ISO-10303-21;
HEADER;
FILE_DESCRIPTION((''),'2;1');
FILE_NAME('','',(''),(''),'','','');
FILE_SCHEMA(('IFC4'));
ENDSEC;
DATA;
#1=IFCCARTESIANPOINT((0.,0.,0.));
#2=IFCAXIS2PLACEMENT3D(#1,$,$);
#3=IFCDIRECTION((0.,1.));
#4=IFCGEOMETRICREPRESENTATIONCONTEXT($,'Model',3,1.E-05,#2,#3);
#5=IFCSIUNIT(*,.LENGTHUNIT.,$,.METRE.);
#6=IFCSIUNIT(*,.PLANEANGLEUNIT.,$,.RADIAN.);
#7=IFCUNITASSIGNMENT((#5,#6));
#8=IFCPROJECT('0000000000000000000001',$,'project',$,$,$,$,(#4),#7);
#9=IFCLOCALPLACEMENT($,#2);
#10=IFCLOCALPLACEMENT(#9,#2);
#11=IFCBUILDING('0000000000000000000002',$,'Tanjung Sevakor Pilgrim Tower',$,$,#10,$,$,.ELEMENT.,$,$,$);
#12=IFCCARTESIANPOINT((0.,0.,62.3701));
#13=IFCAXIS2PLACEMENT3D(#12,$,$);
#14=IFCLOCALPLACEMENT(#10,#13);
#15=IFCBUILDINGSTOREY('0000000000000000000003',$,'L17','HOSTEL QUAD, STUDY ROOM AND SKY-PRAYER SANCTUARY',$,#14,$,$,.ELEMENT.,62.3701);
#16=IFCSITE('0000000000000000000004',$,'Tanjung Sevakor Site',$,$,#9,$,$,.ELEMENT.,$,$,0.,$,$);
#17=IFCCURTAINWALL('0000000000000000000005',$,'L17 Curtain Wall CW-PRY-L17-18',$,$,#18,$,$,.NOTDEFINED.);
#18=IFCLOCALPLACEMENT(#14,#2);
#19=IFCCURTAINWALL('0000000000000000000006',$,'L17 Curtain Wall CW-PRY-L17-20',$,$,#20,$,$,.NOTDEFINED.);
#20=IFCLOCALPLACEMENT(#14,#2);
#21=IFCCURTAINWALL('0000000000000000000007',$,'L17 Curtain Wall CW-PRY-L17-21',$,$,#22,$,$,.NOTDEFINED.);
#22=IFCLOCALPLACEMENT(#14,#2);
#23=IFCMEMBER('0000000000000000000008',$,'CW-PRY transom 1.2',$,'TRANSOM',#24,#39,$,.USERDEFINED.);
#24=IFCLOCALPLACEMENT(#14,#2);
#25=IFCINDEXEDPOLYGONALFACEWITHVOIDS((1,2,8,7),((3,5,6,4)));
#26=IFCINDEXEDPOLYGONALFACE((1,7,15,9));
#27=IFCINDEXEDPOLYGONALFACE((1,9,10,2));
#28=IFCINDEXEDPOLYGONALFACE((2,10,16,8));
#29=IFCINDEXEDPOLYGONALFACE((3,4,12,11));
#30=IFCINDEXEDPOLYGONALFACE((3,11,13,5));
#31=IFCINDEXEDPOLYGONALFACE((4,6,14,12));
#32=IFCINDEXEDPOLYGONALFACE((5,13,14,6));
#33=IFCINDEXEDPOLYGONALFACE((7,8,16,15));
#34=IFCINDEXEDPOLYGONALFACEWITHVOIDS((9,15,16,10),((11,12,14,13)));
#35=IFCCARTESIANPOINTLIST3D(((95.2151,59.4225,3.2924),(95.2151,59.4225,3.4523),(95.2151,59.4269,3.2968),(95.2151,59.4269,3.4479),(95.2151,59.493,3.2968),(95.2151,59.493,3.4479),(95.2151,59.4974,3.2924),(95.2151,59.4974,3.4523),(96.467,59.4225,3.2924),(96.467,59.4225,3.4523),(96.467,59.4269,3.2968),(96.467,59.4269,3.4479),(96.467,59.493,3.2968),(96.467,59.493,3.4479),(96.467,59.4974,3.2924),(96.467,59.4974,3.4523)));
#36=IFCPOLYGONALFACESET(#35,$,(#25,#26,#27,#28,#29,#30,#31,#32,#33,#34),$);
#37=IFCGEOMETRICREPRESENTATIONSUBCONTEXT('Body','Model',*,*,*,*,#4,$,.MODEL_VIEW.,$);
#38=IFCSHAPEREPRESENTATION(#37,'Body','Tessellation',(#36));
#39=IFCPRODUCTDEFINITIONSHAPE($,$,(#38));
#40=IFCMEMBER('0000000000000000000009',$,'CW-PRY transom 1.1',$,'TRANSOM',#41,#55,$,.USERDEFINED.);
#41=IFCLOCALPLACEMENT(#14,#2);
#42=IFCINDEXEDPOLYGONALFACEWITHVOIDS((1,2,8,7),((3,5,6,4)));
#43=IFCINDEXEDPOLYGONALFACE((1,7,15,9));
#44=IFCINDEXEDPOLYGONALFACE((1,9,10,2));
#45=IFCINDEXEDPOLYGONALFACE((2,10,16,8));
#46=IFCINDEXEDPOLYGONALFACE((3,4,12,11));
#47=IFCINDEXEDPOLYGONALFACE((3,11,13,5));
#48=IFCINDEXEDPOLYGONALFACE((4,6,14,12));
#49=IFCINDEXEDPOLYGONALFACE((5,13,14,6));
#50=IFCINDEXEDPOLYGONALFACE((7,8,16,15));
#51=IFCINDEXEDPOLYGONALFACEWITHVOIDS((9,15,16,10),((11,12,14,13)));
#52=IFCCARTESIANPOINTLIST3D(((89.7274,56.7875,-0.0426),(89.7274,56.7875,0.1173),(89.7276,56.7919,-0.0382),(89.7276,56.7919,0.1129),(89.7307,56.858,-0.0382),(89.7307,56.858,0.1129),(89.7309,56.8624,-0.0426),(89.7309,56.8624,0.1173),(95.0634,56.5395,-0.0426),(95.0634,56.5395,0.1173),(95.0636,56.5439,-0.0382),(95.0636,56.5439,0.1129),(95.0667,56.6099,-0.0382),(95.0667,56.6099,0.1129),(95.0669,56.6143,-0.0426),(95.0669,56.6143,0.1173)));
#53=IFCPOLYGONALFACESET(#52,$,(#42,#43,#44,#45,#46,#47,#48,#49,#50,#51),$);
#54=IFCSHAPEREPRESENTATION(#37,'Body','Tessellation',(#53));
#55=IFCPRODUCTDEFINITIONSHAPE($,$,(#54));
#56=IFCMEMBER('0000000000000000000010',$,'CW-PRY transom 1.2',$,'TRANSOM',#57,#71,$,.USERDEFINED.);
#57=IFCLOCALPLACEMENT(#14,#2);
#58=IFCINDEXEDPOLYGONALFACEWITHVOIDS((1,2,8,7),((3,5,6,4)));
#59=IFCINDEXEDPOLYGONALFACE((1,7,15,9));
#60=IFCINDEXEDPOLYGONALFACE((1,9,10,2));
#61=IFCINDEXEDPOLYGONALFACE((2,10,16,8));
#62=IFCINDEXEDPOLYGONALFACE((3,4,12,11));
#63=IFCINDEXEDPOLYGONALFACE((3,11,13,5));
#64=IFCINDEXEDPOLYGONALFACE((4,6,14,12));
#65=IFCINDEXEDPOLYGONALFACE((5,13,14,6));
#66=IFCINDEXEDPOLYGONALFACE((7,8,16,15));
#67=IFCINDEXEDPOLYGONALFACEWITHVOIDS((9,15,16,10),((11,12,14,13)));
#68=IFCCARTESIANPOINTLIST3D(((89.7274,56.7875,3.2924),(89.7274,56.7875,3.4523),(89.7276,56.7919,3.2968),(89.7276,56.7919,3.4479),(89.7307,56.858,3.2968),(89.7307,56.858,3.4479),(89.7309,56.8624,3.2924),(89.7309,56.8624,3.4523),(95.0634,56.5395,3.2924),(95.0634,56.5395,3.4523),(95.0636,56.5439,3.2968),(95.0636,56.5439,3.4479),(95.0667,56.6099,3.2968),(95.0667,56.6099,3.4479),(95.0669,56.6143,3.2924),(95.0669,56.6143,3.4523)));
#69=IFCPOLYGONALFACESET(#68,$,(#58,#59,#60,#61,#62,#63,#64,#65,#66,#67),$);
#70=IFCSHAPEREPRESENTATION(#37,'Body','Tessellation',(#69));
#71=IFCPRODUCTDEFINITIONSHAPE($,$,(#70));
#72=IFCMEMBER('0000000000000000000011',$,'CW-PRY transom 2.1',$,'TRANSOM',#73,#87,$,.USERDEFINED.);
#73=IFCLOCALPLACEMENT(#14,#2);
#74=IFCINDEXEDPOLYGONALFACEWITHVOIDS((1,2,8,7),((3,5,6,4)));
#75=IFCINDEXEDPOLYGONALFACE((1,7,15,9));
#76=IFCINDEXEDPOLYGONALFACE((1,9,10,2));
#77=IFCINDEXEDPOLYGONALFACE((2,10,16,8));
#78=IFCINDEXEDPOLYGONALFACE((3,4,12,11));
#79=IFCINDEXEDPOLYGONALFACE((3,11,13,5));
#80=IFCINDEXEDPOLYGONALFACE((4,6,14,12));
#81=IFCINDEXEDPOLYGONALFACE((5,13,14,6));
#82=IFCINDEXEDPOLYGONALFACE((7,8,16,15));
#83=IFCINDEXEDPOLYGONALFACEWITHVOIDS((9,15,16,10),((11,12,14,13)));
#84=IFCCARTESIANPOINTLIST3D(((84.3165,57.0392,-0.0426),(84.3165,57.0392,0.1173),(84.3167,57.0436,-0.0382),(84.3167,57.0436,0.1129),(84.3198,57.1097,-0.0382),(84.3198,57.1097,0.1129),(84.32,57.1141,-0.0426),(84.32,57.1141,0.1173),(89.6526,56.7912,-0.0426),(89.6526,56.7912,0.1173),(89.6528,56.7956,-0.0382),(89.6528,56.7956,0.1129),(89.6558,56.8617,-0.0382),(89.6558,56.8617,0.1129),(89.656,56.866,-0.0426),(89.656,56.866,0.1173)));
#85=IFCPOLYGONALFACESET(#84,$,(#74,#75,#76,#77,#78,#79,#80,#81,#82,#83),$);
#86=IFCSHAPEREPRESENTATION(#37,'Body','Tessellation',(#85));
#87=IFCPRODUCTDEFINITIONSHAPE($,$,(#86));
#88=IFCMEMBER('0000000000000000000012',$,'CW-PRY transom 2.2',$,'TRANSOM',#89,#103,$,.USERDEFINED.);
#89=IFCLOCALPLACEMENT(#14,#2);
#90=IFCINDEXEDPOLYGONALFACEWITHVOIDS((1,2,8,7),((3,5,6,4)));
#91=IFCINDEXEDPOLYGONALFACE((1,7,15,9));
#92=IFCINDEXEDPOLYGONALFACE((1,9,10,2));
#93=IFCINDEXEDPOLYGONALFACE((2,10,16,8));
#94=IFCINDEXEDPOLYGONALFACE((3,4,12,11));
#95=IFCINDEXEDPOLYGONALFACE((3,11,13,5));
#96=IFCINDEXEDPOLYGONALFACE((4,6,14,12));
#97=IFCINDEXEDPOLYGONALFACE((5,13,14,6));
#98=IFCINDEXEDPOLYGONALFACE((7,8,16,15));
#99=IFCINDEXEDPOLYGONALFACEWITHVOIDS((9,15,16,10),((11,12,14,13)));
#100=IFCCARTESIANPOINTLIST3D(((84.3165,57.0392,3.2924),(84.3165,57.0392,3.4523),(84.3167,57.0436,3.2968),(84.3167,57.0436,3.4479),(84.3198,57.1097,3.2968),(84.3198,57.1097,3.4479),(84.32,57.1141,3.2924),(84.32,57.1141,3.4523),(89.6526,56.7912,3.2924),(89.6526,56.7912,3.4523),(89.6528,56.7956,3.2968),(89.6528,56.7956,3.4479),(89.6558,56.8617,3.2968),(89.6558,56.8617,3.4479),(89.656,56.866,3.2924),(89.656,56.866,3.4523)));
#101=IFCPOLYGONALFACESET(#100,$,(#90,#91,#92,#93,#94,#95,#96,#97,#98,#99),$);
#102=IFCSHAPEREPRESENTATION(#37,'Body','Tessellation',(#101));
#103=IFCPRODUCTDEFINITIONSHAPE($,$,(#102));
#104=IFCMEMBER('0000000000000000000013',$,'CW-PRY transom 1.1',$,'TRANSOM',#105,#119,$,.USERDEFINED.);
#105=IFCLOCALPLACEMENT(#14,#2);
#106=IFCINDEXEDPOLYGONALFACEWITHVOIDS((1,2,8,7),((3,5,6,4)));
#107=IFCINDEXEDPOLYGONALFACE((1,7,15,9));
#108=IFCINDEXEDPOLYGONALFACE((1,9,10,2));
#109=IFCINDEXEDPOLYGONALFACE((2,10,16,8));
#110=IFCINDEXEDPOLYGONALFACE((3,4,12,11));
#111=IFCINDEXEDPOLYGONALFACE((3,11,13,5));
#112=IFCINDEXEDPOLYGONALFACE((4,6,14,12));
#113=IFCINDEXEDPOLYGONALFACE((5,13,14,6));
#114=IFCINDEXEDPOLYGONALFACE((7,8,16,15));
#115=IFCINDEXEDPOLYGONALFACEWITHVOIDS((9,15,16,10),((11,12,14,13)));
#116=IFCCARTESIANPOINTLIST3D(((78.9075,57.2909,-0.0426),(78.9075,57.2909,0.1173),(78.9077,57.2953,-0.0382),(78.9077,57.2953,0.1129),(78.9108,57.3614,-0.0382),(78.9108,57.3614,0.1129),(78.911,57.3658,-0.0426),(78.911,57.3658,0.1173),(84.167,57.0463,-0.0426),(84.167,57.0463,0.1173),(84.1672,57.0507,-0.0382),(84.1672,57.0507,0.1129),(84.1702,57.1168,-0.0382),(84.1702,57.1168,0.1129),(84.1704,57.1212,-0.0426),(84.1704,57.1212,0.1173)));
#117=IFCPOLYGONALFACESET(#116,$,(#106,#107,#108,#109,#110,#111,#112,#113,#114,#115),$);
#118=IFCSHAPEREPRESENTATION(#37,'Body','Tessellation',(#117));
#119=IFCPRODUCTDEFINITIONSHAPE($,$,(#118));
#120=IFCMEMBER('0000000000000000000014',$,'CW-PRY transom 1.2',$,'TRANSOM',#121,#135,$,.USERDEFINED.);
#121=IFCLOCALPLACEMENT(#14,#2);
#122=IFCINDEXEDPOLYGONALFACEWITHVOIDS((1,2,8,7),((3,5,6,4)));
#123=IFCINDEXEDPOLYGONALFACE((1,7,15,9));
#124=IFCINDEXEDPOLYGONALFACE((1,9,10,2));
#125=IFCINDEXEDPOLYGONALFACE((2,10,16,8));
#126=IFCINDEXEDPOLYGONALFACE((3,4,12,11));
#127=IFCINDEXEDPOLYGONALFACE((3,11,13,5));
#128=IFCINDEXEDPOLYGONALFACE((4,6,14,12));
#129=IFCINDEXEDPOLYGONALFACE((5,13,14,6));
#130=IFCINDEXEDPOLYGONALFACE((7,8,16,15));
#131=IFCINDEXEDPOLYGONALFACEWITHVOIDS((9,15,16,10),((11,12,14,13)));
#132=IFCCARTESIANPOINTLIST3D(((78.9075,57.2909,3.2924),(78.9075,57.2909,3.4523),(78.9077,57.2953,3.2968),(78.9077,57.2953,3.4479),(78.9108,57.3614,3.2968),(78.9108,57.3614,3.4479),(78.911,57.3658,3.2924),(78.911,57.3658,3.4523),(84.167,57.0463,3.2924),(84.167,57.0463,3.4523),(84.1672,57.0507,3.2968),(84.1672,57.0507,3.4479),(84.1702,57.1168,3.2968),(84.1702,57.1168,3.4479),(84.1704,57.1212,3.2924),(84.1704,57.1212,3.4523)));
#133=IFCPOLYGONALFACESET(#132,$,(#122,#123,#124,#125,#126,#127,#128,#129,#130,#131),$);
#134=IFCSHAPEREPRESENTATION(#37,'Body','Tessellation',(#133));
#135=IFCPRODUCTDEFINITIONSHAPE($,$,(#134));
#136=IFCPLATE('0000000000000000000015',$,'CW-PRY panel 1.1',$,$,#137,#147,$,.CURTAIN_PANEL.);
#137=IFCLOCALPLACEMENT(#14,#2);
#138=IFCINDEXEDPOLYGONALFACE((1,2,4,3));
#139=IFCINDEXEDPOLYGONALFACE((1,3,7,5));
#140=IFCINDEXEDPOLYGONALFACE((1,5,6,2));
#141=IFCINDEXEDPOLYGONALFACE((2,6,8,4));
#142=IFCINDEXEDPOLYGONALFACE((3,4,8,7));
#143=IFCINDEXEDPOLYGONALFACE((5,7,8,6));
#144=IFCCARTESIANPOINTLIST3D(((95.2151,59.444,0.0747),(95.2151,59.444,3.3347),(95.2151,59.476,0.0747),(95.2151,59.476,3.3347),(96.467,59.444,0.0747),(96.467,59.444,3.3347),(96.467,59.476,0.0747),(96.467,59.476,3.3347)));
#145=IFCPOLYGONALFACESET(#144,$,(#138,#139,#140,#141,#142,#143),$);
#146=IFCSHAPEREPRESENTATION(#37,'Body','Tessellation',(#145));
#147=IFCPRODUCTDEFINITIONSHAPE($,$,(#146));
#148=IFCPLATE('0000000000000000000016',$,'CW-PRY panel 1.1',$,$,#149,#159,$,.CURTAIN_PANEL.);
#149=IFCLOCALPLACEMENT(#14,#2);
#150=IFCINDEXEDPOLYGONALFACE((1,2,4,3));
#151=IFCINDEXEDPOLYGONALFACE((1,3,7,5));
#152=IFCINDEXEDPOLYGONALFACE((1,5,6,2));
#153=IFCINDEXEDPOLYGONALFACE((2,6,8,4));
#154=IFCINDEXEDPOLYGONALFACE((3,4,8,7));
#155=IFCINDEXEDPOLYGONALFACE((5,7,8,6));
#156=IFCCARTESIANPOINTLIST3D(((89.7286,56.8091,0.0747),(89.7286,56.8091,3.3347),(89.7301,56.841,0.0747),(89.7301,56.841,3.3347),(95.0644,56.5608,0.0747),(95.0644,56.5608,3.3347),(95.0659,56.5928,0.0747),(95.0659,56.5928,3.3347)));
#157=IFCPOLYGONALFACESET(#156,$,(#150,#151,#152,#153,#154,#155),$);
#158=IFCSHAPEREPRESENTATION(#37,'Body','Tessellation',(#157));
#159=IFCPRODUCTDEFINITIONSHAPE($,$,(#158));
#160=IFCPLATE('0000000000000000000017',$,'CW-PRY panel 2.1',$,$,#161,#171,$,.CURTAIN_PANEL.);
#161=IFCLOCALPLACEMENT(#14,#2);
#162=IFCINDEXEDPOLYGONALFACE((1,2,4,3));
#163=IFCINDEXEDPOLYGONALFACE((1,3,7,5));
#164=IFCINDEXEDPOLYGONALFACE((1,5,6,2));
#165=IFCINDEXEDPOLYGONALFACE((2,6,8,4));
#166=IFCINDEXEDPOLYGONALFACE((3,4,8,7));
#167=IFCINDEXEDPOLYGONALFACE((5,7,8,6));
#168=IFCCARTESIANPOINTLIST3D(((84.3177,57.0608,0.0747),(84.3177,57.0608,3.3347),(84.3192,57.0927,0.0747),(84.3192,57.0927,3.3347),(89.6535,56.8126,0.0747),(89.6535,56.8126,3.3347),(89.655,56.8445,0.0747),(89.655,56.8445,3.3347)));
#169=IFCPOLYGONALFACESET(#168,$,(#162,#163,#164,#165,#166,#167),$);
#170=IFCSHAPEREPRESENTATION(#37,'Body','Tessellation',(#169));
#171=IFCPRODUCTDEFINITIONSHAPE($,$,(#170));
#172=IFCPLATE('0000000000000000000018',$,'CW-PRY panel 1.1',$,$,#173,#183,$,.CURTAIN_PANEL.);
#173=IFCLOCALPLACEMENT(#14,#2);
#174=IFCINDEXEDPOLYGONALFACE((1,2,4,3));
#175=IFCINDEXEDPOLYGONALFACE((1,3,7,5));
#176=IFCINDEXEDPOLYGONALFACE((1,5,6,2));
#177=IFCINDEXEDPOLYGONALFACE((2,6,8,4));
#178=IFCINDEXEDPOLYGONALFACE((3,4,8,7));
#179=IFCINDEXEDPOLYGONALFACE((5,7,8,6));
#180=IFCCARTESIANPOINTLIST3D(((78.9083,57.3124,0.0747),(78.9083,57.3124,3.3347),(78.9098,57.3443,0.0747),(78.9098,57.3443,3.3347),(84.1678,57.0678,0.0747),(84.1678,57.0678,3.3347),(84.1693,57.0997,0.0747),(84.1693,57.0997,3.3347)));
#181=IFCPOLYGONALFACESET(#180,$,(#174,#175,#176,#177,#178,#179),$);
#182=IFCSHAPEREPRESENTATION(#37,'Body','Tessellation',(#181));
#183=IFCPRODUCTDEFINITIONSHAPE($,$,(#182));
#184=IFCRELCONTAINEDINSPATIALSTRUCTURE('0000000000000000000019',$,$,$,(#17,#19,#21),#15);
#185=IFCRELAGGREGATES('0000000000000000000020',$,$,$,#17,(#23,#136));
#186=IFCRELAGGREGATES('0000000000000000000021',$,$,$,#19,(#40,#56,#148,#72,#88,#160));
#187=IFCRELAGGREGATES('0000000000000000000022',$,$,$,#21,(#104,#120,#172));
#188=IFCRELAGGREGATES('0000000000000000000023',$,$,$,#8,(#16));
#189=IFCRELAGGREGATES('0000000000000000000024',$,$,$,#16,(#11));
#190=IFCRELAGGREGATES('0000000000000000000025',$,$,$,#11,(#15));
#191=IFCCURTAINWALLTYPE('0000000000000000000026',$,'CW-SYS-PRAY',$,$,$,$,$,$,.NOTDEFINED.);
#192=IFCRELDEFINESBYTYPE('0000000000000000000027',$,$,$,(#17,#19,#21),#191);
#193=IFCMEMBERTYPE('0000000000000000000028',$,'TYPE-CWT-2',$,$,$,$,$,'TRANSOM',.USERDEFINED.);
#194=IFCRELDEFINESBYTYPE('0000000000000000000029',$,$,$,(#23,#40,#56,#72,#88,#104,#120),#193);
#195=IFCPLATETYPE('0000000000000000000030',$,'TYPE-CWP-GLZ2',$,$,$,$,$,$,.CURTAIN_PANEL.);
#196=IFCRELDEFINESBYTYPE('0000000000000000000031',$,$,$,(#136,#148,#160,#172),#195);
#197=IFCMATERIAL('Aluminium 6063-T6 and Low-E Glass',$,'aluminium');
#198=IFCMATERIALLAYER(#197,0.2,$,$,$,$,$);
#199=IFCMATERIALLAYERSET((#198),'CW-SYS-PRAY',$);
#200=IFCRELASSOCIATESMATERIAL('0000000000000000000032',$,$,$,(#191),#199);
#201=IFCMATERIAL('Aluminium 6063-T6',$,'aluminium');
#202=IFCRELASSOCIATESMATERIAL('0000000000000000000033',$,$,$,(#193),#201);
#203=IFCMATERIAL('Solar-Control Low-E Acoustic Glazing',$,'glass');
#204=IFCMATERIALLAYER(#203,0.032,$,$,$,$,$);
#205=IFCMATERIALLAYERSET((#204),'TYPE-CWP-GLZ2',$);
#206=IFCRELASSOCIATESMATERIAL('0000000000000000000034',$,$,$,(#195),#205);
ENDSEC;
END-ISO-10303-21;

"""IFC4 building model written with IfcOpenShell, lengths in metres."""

from ifc_helpers import new_model, si_unit, direction, frame, origin, origin_2d, place, context, subcontext, project, spatial, rectangle, hollow_rectangle, extrude, material, layer, layer_set, material_profile, profile_set, type_object, element, aggregate, save


model = new_model("IFC4")

# Units and contexts
model_context = context("Model", 3, precision=1e-05, world=origin(), true_north=direction((0.0, 1.0)))
body_context = subcontext(model_context, "Body", "Model", "MODEL_VIEW")
ifc_project = project(units=[si_unit("LENGTHUNIT", "METRE"), si_unit("PLANEANGLEUNIT", "RADIAN")], contexts=[model_context])

# Site, building, storey
site_placement = place(None, origin())
site = spatial("IfcSite", under=ifc_project, at=site_placement, Name="Tanjung Sevakor Site", CompositionType="ELEMENT", RefElevation=0.0)
building_placement = place(site_placement, origin())
building = spatial("IfcBuilding", under=site, at=building_placement, Name="Tanjung Sevakor Pilgrim Tower", CompositionType="ELEMENT")
storey_placement = place(building_placement, frame((0.0, 0.0, 62.3701)))
storey = spatial("IfcBuildingStorey", under=building, at=storey_placement, Name="L17", Description="HOSTEL QUAD, STUDY ROOM AND SKY-PRAYER SANCTUARY", CompositionType="ELEMENT", Elevation=62.3701)

# Curtain walls
ifc_material_1 = material(Name="Aluminium 6063-T6 and Low-E Glass", Category="aluminium")
ifc_layer_1 = layer(ifc_material_1, 0.2)
ifc_layer_set_1 = layer_set([ifc_layer_1], Name="CW-SYS-PRAY")
curtain_wall_type = type_object("IfcCurtainWallType", Name="CW-SYS-PRAY", PredefinedType="NOTDEFINED", material=ifc_layer_set_1)
curtain_wall_1_placement = place(storey_placement, origin())
curtain_wall_1 = element("IfcCurtainWall", 1, at=curtain_wall_1_placement, inside=storey, type_object=curtain_wall_type, Name="L17 Curtain Wall CW-PRY-L17-18", PredefinedType="NOTDEFINED")
curtain_wall_2_placement = place(storey_placement, origin())
curtain_wall_2 = element("IfcCurtainWall", 2, at=curtain_wall_2_placement, inside=storey, type_object=curtain_wall_type, Name="L17 Curtain Wall CW-PRY-L17-20", PredefinedType="NOTDEFINED")

# Curtain wall
curtain_wall_3_placement = place(storey_placement, origin())
curtain_wall_3 = element("IfcCurtainWall", 3, at=curtain_wall_3_placement, inside=storey, type_object=curtain_wall_type, Name="L17 Curtain Wall CW-PRY-L17-21", PredefinedType="NOTDEFINED")

# Members
ifc_material_2 = material(Name="Aluminium 6063-T6", Category="aluminium")
ifc_material_profile_1 = material_profile(ifc_material_2, hollow_rectangle(XDim=0.075, YDim=0.1599, WallThickness=0.0044, at=origin_2d()))
ifc_profile_set_1 = profile_set([ifc_material_profile_1], Name="Aluminium 6063-T6")
member_type_1 = type_object("IfcMemberType", Name="TYPE-CWT-2", ElementType="TRANSOM", PredefinedType="USERDEFINED", material=ifc_profile_set_1)
member_1_placement = place(storey_placement, frame((96.467, 59.46, 3.3723), z_axis=(-1.0, 0.0, 0.0), x_axis=(0.0, -1.0, 0.0)))
member_1 = element("IfcMember", 4, at=member_1_placement, type_object=member_type_1, Name="CW-PRY transom 1.2", ObjectType="TRANSOM", PredefinedType="USERDEFINED", context=body_context, shape_type="SweptSolid", body=[
    extrude(hollow_rectangle(XDim=0.075, YDim=0.1599, WallThickness=0.0044, at=origin_2d()), origin(), (0.0, 0.0, 1.0), 1.252),
])
member_2_placement = place(storey_placement, frame((95.0652, 56.5769, 0.0374), z_axis=(-0.998921, 0.046436, 0.0), x_axis=(-0.046436, -0.998921, 0.0)))
member_2 = element("IfcMember", 5, at=member_2_placement, type_object=member_type_1, Name="CW-PRY transom 1.1", ObjectType="TRANSOM", PredefinedType="USERDEFINED", context=body_context, shape_type="SweptSolid", body=[
    extrude(hollow_rectangle(XDim=0.075, YDim=0.1599, WallThickness=0.0044, at=origin_2d()), origin(), (0.0, 0.0, 1.0), 5.3418),
])
member_3_placement = place(storey_placement, frame((95.0652, 56.5769, 3.3723), z_axis=(-0.998921, 0.046436, 0.0), x_axis=(-0.046436, -0.998921, 0.0)))
member_3 = element("IfcMember", 6, at=member_3_placement, type_object=member_type_1, Name="CW-PRY transom 1.2", ObjectType="TRANSOM", PredefinedType="USERDEFINED", context=body_context, shape_type="SweptSolid", body=[
    extrude(hollow_rectangle(XDim=0.075, YDim=0.1599, WallThickness=0.0044, at=origin_2d()), origin(), (0.0, 0.0, 1.0), 5.3418),
])
member_4_placement = place(storey_placement, frame((89.6543, 56.8286, 0.0374), z_axis=(-0.998921, 0.046436, 0.0), x_axis=(-0.046436, -0.998921, 0.0)))
member_4 = element("IfcMember", 7, at=member_4_placement, type_object=member_type_1, Name="CW-PRY transom 2.1", ObjectType="TRANSOM", PredefinedType="USERDEFINED", context=body_context, shape_type="SweptSolid", body=[
    extrude(hollow_rectangle(XDim=0.075, YDim=0.1599, WallThickness=0.0044, at=origin_2d()), origin(), (0.0, 0.0, 1.0), 5.3418),
])
member_5_placement = place(storey_placement, frame((89.6543, 56.8286, 3.3723), z_axis=(-0.998921, 0.046436, 0.0), x_axis=(-0.046436, -0.998921, 0.0)))
member_5 = element("IfcMember", 8, at=member_5_placement, type_object=member_type_1, Name="CW-PRY transom 2.2", ObjectType="TRANSOM", PredefinedType="USERDEFINED", context=body_context, shape_type="SweptSolid", body=[
    extrude(hollow_rectangle(XDim=0.075, YDim=0.1599, WallThickness=0.0044, at=origin_2d()), origin(), (0.0, 0.0, 1.0), 5.3418),
])
member_6_placement = place(storey_placement, frame((84.1687, 57.0837, 0.0374), z_axis=(-0.99892, 0.046461, 0.0), x_axis=(-0.046461, -0.99892, 0.0)))
member_6 = element("IfcMember", 9, at=member_6_placement, type_object=member_type_1, Name="CW-PRY transom 1.1", ObjectType="TRANSOM", PredefinedType="USERDEFINED", context=body_context, shape_type="SweptSolid", body=[
    extrude(hollow_rectangle(XDim=0.075, YDim=0.1599, WallThickness=0.0044, at=origin_2d()), origin(), (0.0, 0.0, 1.0), 5.2651),
])
member_7_placement = place(storey_placement, frame((84.1687, 57.0837, 3.3723), z_axis=(-0.99892, 0.046461, 0.0), x_axis=(-0.046461, -0.99892, 0.0)))
member_7 = element("IfcMember", 10, at=member_7_placement, type_object=member_type_1, Name="CW-PRY transom 1.2", ObjectType="TRANSOM", PredefinedType="USERDEFINED", context=body_context, shape_type="SweptSolid", body=[
    extrude(hollow_rectangle(XDim=0.075, YDim=0.1599, WallThickness=0.0044, at=origin_2d()), origin(), (0.0, 0.0, 1.0), 5.2651),
])

# Plates
ifc_material_3 = material(Name="Solar-Control Low-E Acoustic Glazing", Category="glass")
ifc_layer_2 = layer(ifc_material_3, 0.032)
ifc_layer_set_2 = layer_set([ifc_layer_2], Name="TYPE-CWP-GLZ2")
plate_type = type_object("IfcPlateType", Name="TYPE-CWP-GLZ2", PredefinedType="CURTAIN_PANEL", material=ifc_layer_set_2)
plate_1_placement = place(storey_placement, frame((95.8411, 59.46, 0.0747), z_axis=(0.0, 0.0, 1.0), x_axis=(-1.0, 0.0, 0.0)))
plate_1 = element("IfcPlate", 11, at=plate_1_placement, type_object=plate_type, Name="CW-PRY panel 1.1", PredefinedType="CURTAIN_PANEL", context=body_context, shape_type="SweptSolid", body=[
    extrude(rectangle(XDim=1.252, YDim=0.032, at=origin_2d()), origin(), (0.0, 0.0, 1.0), 3.26),
])
aggregate(curtain_wall_1, [member_1, plate_1])
plate_2_placement = place(storey_placement, frame((92.3972, 56.7009, 0.0747), z_axis=(0.0, 0.0, 1.0), x_axis=(-0.99892, 0.046469, 0.0)))
plate_2 = element("IfcPlate", 12, at=plate_2_placement, type_object=plate_type, Name="CW-PRY panel 1.1", PredefinedType="CURTAIN_PANEL", context=body_context, shape_type="SweptSolid", body=[
    extrude(rectangle(XDim=5.3416, YDim=0.032, at=origin_2d()), origin(), (0.0, 0.0, 1.0), 3.26),
])
plate_3_placement = place(storey_placement, frame((86.9863, 56.9526, 0.0747), z_axis=(0.0, 0.0, 1.0), x_axis=(-0.99892, 0.046469, 0.0)))
plate_3 = element("IfcPlate", 13, at=plate_3_placement, type_object=plate_type, Name="CW-PRY panel 2.1", PredefinedType="CURTAIN_PANEL", context=body_context, shape_type="SweptSolid", body=[
    extrude(rectangle(XDim=5.3416, YDim=0.032, at=origin_2d()), origin(), (0.0, 0.0, 1.0), 3.26),
])
aggregate(curtain_wall_2, [member_2, member_3, plate_2, member_4, member_5, plate_3])
plate_4_placement = place(storey_placement, frame((81.5388, 57.2061, 0.0747), z_axis=(0.0, 0.0, 1.0), x_axis=(-0.998921, 0.046452, 0.0)))
plate_4 = element("IfcPlate", 14, at=plate_4_placement, type_object=plate_type, Name="CW-PRY panel 1.1", PredefinedType="CURTAIN_PANEL", context=body_context, shape_type="SweptSolid", body=[
    extrude(rectangle(XDim=5.2651, YDim=0.032, at=origin_2d()), origin(), (0.0, 0.0, 1.0), 3.26),
])
aggregate(curtain_wall_3, [member_6, member_7, plate_4])

save(model, "model.ifc")
